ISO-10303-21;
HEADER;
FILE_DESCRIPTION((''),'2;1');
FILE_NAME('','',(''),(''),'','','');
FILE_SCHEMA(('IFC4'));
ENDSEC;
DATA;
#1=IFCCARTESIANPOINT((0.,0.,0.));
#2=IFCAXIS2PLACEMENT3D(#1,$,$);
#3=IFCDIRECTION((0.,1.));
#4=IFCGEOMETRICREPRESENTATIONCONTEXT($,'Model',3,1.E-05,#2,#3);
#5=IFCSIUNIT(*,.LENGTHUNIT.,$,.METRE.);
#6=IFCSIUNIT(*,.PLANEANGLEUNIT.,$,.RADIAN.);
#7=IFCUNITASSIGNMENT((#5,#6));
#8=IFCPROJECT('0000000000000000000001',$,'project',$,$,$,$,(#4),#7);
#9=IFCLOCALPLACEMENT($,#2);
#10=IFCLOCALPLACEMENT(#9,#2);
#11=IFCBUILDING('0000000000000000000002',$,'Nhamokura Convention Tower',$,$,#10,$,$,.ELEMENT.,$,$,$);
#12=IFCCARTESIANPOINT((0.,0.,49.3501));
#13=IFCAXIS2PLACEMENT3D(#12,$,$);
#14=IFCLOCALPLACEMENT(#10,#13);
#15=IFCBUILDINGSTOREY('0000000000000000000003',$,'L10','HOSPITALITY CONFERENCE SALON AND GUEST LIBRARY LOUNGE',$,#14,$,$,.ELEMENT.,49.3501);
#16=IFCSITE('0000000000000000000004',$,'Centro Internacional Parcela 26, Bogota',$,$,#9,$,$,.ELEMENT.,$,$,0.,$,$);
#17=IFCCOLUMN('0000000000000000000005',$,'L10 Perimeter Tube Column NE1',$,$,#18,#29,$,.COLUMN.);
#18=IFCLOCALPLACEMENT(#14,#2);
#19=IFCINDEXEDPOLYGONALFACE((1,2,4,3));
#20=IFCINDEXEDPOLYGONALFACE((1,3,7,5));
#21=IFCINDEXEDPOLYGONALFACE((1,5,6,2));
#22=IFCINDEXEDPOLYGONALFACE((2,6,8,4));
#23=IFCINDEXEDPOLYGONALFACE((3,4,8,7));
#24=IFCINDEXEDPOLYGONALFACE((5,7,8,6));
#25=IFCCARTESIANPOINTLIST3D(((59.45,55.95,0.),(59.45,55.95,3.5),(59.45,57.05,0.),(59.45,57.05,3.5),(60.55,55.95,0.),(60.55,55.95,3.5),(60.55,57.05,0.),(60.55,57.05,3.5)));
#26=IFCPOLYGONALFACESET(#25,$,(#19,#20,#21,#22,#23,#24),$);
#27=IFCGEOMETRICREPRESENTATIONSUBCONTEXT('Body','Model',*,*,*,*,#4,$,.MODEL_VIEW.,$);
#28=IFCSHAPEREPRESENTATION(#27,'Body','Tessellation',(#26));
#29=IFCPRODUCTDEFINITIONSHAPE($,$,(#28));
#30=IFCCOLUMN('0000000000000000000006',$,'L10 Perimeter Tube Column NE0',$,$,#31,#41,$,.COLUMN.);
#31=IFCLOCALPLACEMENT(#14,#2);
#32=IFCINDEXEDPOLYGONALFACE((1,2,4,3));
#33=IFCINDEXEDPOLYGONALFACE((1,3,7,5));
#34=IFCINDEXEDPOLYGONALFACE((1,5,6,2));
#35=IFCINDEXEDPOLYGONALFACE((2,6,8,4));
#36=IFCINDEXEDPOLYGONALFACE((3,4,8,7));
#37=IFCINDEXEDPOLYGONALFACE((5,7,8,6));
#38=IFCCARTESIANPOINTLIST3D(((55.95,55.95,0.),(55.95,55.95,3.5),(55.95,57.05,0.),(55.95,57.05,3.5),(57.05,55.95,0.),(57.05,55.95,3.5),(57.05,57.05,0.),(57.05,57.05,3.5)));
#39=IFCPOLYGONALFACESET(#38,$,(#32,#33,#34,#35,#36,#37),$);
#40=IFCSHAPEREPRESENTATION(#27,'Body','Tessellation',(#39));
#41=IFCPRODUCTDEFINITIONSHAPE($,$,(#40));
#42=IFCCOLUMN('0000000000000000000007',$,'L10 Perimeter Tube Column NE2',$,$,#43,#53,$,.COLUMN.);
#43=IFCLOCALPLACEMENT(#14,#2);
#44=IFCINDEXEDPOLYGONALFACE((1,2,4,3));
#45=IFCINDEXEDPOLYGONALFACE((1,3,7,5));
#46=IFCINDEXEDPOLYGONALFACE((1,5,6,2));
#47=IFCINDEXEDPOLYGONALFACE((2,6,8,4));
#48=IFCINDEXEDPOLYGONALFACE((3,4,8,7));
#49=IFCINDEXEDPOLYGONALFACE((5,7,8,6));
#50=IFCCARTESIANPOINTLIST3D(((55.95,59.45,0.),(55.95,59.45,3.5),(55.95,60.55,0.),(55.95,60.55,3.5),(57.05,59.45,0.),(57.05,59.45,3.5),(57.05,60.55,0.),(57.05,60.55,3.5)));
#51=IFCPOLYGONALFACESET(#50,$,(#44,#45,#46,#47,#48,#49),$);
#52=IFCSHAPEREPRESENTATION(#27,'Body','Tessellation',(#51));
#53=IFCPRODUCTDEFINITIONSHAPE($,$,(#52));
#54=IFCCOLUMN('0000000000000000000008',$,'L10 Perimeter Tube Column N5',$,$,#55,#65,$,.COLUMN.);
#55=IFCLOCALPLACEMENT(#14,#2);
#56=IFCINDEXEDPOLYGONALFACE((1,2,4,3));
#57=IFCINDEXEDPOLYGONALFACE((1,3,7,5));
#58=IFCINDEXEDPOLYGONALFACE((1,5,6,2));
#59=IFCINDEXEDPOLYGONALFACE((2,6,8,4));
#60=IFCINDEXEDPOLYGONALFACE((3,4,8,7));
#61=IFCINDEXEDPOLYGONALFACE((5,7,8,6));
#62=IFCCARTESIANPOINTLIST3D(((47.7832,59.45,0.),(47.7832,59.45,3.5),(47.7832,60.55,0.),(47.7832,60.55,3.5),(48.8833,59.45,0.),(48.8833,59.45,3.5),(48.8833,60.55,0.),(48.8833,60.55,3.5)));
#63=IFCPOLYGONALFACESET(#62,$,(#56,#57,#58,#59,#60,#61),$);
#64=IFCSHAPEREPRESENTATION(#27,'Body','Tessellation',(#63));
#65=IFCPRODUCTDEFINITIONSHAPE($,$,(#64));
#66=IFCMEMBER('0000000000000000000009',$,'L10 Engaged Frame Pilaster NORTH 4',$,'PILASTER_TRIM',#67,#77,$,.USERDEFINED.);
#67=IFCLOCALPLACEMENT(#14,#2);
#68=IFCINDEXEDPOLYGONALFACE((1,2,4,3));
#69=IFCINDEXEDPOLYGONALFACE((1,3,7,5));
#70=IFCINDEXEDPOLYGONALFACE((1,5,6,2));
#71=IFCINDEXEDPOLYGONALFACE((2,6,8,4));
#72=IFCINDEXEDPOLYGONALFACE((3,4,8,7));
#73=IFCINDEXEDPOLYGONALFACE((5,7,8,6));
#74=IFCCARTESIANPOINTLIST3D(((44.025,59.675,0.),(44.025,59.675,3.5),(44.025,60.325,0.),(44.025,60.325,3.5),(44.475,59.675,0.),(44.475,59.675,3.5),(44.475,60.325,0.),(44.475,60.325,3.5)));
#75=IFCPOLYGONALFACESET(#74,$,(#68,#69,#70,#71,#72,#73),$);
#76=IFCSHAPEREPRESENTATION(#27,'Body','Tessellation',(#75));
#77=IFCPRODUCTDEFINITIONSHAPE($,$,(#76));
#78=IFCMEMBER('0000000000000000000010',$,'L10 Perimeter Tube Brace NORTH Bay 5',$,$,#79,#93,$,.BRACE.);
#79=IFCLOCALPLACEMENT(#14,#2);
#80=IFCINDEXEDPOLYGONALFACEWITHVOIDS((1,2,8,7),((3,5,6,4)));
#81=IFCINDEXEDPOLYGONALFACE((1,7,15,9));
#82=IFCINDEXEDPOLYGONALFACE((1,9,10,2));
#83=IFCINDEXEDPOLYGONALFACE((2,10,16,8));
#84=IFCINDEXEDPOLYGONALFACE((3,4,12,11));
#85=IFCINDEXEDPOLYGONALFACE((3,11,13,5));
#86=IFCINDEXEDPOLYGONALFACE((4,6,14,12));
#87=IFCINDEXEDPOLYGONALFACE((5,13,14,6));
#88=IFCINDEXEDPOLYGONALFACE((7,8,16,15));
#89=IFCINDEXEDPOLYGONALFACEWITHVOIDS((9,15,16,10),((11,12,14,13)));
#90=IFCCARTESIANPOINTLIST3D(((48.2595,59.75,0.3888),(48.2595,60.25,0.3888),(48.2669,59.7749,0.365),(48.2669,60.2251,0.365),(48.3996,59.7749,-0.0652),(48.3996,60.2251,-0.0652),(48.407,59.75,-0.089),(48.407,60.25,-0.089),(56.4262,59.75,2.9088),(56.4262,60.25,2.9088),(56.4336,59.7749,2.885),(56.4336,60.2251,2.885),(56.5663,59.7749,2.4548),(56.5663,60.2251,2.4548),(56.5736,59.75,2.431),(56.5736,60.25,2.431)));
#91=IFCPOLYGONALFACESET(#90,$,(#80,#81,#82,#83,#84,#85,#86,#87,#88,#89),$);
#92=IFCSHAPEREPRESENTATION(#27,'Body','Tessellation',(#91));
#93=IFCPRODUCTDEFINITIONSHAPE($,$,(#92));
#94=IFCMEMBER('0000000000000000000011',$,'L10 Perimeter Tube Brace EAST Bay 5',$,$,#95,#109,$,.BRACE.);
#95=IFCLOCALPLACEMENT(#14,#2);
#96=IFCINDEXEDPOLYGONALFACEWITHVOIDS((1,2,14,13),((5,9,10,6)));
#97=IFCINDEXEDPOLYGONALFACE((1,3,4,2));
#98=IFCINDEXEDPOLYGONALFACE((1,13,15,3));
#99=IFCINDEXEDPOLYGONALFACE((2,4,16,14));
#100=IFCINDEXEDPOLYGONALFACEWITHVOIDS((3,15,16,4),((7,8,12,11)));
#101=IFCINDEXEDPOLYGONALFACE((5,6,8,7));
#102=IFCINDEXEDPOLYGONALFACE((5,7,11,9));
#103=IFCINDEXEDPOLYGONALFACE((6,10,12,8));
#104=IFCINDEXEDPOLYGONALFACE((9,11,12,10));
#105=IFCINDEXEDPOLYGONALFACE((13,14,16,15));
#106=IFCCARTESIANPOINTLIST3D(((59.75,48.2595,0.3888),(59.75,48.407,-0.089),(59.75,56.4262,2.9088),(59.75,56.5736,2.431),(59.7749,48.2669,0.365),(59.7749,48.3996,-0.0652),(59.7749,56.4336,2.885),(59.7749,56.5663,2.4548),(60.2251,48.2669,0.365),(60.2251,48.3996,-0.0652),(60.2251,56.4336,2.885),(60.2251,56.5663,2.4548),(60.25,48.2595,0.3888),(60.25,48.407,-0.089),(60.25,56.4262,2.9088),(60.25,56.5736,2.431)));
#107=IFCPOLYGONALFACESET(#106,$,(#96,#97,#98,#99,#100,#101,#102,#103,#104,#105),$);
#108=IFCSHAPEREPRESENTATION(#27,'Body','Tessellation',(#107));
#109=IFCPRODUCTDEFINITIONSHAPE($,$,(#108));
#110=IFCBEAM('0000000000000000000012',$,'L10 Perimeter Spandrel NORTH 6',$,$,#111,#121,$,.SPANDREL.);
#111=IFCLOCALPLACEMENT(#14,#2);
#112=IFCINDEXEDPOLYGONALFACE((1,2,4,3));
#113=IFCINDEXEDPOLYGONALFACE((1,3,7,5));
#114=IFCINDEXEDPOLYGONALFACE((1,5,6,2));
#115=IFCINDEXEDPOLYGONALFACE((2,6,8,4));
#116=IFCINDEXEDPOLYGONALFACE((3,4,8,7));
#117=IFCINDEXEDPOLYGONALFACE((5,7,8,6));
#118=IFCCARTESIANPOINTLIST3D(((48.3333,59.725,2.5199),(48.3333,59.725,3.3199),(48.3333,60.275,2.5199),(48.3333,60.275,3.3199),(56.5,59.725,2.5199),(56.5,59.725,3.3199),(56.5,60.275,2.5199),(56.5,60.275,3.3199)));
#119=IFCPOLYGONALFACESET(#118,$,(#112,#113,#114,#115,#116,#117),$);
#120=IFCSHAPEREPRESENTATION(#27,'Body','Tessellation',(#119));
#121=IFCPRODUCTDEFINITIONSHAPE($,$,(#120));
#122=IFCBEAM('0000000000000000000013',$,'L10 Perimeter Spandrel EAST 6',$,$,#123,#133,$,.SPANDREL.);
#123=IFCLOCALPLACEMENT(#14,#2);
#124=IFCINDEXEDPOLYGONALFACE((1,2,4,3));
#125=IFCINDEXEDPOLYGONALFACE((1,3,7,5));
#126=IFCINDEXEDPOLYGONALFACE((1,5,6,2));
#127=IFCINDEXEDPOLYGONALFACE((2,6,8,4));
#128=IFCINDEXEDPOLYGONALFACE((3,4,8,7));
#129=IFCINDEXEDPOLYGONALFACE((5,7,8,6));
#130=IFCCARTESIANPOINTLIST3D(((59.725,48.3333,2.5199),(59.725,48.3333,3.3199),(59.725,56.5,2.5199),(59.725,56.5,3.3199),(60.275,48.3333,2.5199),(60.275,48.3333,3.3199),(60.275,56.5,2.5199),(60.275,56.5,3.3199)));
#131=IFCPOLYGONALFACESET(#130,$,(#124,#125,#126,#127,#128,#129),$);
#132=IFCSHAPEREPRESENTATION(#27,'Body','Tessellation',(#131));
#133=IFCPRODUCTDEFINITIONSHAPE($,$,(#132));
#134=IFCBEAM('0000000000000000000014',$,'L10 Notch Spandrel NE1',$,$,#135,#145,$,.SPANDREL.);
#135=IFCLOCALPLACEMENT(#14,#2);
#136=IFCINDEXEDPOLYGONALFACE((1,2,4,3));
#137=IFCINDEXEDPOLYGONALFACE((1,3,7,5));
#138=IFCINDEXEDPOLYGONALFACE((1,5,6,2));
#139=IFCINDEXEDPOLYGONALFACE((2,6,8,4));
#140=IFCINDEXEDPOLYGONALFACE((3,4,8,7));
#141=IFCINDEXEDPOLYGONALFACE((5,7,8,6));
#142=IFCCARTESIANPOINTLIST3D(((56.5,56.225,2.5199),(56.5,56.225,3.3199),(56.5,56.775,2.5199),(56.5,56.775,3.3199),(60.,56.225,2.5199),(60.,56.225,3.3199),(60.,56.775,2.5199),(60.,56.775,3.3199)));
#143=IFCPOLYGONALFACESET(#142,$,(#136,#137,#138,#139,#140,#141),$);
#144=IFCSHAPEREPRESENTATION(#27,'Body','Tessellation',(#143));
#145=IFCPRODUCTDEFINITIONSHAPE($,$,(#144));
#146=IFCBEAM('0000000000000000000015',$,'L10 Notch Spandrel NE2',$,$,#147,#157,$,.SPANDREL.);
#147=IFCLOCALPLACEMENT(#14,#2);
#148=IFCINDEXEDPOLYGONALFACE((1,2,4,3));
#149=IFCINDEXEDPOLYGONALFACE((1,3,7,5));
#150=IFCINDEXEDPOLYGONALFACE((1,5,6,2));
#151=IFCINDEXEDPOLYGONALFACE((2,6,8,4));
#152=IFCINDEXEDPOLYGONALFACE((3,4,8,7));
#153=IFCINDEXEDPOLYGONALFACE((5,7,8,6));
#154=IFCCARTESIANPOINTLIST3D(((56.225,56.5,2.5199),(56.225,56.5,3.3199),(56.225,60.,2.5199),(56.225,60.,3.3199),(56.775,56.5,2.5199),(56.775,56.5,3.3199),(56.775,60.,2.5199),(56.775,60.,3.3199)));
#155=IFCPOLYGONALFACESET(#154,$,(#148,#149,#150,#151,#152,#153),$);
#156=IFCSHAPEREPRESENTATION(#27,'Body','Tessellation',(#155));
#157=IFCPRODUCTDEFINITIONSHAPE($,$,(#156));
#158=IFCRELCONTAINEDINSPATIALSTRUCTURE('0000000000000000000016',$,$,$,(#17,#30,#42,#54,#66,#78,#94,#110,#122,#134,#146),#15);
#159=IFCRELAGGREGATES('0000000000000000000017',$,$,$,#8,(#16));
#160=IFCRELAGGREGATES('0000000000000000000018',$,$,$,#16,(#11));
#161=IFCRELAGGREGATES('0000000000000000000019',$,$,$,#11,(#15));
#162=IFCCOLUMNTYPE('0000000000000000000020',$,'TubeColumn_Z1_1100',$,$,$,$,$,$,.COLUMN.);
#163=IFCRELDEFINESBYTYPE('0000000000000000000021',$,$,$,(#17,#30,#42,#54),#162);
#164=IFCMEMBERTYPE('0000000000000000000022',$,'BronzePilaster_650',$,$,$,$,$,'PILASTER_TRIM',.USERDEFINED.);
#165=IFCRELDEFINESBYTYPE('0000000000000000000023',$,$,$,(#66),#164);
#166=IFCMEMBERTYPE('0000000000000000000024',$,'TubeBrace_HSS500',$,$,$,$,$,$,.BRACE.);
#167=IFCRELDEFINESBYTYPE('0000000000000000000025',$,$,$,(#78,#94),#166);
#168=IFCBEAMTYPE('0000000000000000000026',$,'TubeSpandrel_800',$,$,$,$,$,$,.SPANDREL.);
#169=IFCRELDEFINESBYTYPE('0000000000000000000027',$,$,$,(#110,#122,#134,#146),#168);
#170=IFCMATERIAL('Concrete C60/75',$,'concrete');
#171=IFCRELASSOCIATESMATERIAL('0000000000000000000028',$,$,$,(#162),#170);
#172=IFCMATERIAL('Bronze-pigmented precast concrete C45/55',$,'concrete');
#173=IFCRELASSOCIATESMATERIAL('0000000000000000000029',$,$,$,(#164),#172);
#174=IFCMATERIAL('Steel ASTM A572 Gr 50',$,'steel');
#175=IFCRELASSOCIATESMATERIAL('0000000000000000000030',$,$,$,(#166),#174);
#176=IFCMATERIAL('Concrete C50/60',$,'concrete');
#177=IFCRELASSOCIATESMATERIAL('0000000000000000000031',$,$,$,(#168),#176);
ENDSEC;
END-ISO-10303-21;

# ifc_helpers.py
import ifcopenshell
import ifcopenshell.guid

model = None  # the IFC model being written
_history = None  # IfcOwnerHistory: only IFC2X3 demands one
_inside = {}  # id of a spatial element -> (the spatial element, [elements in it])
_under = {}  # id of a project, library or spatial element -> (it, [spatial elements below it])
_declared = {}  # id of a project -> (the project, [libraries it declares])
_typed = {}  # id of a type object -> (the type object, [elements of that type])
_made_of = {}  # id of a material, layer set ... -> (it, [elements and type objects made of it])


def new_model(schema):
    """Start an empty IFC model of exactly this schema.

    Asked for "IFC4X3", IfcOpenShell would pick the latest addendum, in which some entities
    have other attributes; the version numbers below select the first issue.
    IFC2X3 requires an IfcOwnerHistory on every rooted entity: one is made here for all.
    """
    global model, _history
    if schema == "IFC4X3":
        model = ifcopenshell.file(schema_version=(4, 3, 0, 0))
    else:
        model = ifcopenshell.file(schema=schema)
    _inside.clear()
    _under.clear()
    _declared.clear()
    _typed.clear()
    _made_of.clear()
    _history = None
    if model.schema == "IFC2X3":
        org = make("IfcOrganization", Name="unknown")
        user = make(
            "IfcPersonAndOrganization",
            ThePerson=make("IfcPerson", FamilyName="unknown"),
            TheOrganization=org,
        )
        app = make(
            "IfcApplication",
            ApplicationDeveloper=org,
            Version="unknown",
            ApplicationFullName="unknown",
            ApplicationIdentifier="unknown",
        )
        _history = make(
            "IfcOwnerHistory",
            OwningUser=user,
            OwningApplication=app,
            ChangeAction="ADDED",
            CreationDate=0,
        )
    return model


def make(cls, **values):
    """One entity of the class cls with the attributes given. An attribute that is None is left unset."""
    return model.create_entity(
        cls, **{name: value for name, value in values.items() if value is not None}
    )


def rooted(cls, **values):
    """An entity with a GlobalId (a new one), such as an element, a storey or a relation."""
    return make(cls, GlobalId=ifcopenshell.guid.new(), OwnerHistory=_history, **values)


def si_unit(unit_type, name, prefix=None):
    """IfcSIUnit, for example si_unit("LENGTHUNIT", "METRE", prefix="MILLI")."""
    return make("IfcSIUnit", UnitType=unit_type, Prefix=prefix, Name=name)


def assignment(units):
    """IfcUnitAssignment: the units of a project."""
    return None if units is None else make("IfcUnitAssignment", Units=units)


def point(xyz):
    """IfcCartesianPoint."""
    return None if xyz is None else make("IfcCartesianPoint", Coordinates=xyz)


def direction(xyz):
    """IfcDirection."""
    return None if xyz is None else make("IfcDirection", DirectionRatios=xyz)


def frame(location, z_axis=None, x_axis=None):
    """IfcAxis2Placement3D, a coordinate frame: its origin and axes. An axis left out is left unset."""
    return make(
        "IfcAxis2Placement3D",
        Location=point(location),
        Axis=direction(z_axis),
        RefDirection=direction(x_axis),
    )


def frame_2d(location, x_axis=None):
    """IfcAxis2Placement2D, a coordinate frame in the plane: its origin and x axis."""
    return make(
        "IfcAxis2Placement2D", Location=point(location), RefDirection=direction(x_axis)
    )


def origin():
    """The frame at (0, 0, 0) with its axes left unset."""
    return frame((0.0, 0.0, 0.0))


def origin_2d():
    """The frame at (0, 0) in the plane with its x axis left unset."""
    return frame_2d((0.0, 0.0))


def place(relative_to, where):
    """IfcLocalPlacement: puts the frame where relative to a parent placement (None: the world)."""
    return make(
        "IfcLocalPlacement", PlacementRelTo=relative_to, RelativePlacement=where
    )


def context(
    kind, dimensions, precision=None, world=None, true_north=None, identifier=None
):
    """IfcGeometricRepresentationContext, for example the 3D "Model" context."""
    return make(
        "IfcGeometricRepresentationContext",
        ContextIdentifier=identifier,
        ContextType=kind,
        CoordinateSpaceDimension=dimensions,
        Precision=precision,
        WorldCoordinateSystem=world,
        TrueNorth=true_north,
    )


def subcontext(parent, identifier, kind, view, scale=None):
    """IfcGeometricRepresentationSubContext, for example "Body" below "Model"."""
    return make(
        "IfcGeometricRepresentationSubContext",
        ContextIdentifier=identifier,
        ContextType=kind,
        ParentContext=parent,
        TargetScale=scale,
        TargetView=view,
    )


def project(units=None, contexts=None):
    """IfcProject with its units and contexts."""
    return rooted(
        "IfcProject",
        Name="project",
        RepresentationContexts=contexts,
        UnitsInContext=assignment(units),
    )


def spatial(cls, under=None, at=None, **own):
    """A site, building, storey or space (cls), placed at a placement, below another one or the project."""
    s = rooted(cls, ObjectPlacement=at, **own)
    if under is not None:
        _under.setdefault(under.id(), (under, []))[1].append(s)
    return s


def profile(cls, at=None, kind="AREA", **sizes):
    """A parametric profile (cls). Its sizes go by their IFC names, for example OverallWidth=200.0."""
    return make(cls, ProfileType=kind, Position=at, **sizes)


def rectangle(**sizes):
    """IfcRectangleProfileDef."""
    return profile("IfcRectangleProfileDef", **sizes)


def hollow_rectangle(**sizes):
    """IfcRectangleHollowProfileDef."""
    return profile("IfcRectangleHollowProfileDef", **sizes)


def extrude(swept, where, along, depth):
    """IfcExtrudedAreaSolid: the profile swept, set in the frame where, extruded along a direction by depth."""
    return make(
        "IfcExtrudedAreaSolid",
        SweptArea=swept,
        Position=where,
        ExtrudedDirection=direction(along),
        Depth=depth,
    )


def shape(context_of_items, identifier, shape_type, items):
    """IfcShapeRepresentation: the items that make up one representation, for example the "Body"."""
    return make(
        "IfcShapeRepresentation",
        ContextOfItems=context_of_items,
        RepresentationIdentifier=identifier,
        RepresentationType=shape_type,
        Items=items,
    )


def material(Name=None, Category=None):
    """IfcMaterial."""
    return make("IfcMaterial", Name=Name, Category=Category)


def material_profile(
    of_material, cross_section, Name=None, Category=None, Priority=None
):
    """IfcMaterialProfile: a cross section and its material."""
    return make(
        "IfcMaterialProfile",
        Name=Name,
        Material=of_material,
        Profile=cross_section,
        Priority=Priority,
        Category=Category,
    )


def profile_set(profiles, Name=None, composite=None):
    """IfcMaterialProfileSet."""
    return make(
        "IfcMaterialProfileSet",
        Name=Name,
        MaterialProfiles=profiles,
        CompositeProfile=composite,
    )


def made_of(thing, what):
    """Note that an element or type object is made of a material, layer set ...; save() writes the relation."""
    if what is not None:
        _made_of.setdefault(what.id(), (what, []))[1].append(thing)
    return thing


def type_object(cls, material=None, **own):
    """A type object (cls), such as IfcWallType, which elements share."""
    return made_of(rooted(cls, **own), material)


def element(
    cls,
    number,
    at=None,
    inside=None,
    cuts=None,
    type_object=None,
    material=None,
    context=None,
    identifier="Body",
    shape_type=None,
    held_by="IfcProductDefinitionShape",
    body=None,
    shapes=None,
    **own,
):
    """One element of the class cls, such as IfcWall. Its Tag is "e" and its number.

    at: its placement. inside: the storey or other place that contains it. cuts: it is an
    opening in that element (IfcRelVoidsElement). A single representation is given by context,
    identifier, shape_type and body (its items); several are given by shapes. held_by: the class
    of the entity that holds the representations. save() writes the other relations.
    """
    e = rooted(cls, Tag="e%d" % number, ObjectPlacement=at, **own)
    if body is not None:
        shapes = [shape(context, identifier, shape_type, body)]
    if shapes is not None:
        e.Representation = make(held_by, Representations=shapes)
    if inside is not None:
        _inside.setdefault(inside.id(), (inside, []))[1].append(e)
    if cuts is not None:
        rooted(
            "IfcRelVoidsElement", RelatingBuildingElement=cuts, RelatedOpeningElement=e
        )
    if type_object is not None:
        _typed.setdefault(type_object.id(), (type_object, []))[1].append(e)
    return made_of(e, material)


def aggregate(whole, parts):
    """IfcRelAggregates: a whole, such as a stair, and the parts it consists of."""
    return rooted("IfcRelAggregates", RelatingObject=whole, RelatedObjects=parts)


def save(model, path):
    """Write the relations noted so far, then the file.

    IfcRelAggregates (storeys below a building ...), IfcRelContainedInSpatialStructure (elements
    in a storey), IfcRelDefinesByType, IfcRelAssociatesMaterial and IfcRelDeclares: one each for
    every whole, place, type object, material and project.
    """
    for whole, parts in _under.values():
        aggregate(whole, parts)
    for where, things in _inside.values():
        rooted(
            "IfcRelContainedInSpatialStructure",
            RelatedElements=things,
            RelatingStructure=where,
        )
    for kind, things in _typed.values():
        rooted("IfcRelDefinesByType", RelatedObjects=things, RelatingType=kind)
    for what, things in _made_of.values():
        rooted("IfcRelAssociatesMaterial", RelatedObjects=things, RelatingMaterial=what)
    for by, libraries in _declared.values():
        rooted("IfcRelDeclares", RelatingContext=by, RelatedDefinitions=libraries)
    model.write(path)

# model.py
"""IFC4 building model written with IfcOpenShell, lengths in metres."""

from ifc_helpers import new_model, si_unit, direction, frame, origin, origin_2d, place, context, subcontext, project, spatial, rectangle, hollow_rectangle, extrude, material, material_profile, profile_set, type_object, element, save


model = new_model("IFC4")

# Units and contexts
model_context = context("Model", 3, precision=1e-05, world=origin(), true_north=direction((0.0, 1.0)))
body_context = subcontext(model_context, "Body", "Model", "MODEL_VIEW")
ifc_project = project(units=[si_unit("LENGTHUNIT", "METRE"), si_unit("PLANEANGLEUNIT", "RADIAN")], contexts=[model_context])

# Site, building, storey
site_placement = place(None, origin())
site = spatial("IfcSite", under=ifc_project, at=site_placement, Name="Centro Internacional Parcela 26, Bogota", CompositionType="ELEMENT", RefElevation=0.0)
building_placement = place(site_placement, origin())
building = spatial("IfcBuilding", under=site, at=building_placement, Name="Nhamokura Convention Tower", CompositionType="ELEMENT")
storey_placement = place(building_placement, frame((0.0, 0.0, 49.3501)))
storey = spatial("IfcBuildingStorey", under=building, at=storey_placement, Name="L10", Description="HOSPITALITY CONFERENCE SALON AND GUEST LIBRARY LOUNGE", CompositionType="ELEMENT", Elevation=49.3501)

# Columns
ifc_material_1 = material(Name="Concrete C60/75", Category="concrete")
ifc_material_profile_1 = material_profile(ifc_material_1, rectangle(XDim=1.1001, YDim=1.1001, at=origin_2d()))
ifc_profile_set_1 = profile_set([ifc_material_profile_1], Name="Concrete C60/75")
column_type = type_object("IfcColumnType", Name="TubeColumn_Z1_1100", PredefinedType="COLUMN", material=ifc_profile_set_1)
for number, where, z_axis, x_axis, name in (
    (1, (60.0, 56.5, 0.0), (0.0, 0.0, 1.0), (1.0, 0.0, 0.0), "L10 Perimeter Tube Column NE1"),
    (2, (56.5, 56.5, 0.0), (0.0, 0.0, 1.0), (1.0, 0.0, 0.0), "L10 Perimeter Tube Column NE0"),
    (3, (56.5, 60.0, 0.0), (0.0, 0.0, 1.0), (1.0, 0.0, 0.0), "L10 Perimeter Tube Column NE2"),
    (4, (48.3333, 60.0, 0.0), (0.0, 0.0, 1.0), (1.0, 0.0, 0.0), "L10 Perimeter Tube Column N5"),
):
    element("IfcColumn", number, at=place(storey_placement, frame(where, z_axis=z_axis, x_axis=x_axis)), inside=storey, type_object=column_type, Name=name, PredefinedType="COLUMN", context=body_context, shape_type="SweptSolid", body=[
        extrude(rectangle(XDim=1.1001, YDim=1.1001, at=origin_2d()), origin(), (0.0, 0.0, 1.0), 3.5),
    ])

# Members
ifc_material_2 = material(Name="Bronze-pigmented precast concrete C45/55", Category="concrete")
ifc_material_profile_2 = material_profile(ifc_material_2, rectangle(XDim=0.45, YDim=0.6499, at=origin_2d()))
ifc_profile_set_2 = profile_set([ifc_material_profile_2], Name="Bronze-pigmented precast concrete C45/55")
member_type_1 = type_object("IfcMemberType", Name="BronzePilaster_650", ElementType="PILASTER_TRIM", PredefinedType="USERDEFINED", material=ifc_profile_set_2)
member_placement = place(storey_placement, frame((44.25, 60.0, 0.0), z_axis=(0.0, 0.0, 1.0), x_axis=(1.0, 0.0, 0.0)))
element("IfcMember", 5, at=member_placement, inside=storey, type_object=member_type_1, Name="L10 Engaged Frame Pilaster NORTH 4", ObjectType="PILASTER_TRIM", PredefinedType="USERDEFINED", context=body_context, shape_type="SweptSolid", body=[
    extrude(rectangle(XDim=0.45, YDim=0.6499, at=origin_2d()), origin(), (0.0, 0.0, 1.0), 3.5),
])
ifc_material_3 = material(Name="Steel ASTM A572 Gr 50", Category="steel")
ifc_material_profile_3 = material_profile(ifc_material_3, hollow_rectangle(XDim=0.5, YDim=0.5, WallThickness=0.0249, at=origin_2d()))
ifc_profile_set_3 = profile_set([ifc_material_profile_3], Name="Steel ASTM A572 Gr 50")
member_type_2 = type_object("IfcMemberType", Name="TubeBrace_HSS500", PredefinedType="BRACE", material=ifc_profile_set_3)
for number, where, z_axis, x_axis, name in (
    (6, (48.3333, 60.0, 0.1499), (0.955543, 0.0, 0.294853), (0.0, 1.0, 0.0), "L10 Perimeter Tube Brace NORTH Bay 5"),
    (7, (60.0, 48.3333, 0.1499), (0.0, 0.955543, 0.294853), (-1.0, 0.0, 0.0), "L10 Perimeter Tube Brace EAST Bay 5"),
):
    element("IfcMember", number, at=place(storey_placement, frame(where, z_axis=z_axis, x_axis=x_axis)), inside=storey, type_object=member_type_2, Name=name, PredefinedType="BRACE", context=body_context, shape_type="SweptSolid", body=[
        extrude(hollow_rectangle(XDim=0.5, YDim=0.5, WallThickness=0.0249, at=origin_2d()), origin(), (0.0, 0.0, 1.0), 8.5466),
    ])

# Beams
ifc_material_4 = material(Name="Concrete C50/60", Category="concrete")
ifc_material_profile_4 = material_profile(ifc_material_4, rectangle(XDim=0.55, YDim=0.8, at=origin_2d()))
ifc_profile_set_4 = profile_set([ifc_material_profile_4], Name="Concrete C50/60")
beam_type = type_object("IfcBeamType", Name="TubeSpandrel_800", PredefinedType="SPANDREL", material=ifc_profile_set_4)
for number, where, z_axis, x_axis, name in (
    (8, (48.3333, 60.0, 2.9199), (1.0, 0.0, 0.0), (0.0, 1.0, 0.0), "L10 Perimeter Spandrel NORTH 6"),
    (9, (60.0, 48.3333, 2.9199), (0.0, 1.0, 0.0), (-1.0, 0.0, 0.0), "L10 Perimeter Spandrel EAST 6"),
):
    element("IfcBeam", number, at=place(storey_placement, frame(where, z_axis=z_axis, x_axis=x_axis)), inside=storey, type_object=beam_type, Name=name, PredefinedType="SPANDREL", context=body_context, shape_type="SweptSolid", body=[
        extrude(rectangle(XDim=0.55, YDim=0.8, at=origin_2d()), origin(), (0.0, 0.0, 1.0), 8.1667),
    ])
for number, where, z_axis, x_axis, name in (
    (10, (60.0, 56.5, 2.9199), (-1.0, 0.0, 0.0), (0.0, -1.0, 0.0), "L10 Notch Spandrel NE1"),
    (11, (56.5, 56.5, 2.9199), (0.0, 1.0, 0.0), (-1.0, 0.0, 0.0), "L10 Notch Spandrel NE2"),
):
    element("IfcBeam", number, at=place(storey_placement, frame(where, z_axis=z_axis, x_axis=x_axis)), inside=storey, type_object=beam_type, Name=name, PredefinedType="SPANDREL", context=body_context, shape_type="SweptSolid", body=[
        extrude(rectangle(XDim=0.55, YDim=0.8, at=origin_2d()), origin(), (0.0, 0.0, 1.0), 3.5),
    ])

save(model, "model.ifc")
